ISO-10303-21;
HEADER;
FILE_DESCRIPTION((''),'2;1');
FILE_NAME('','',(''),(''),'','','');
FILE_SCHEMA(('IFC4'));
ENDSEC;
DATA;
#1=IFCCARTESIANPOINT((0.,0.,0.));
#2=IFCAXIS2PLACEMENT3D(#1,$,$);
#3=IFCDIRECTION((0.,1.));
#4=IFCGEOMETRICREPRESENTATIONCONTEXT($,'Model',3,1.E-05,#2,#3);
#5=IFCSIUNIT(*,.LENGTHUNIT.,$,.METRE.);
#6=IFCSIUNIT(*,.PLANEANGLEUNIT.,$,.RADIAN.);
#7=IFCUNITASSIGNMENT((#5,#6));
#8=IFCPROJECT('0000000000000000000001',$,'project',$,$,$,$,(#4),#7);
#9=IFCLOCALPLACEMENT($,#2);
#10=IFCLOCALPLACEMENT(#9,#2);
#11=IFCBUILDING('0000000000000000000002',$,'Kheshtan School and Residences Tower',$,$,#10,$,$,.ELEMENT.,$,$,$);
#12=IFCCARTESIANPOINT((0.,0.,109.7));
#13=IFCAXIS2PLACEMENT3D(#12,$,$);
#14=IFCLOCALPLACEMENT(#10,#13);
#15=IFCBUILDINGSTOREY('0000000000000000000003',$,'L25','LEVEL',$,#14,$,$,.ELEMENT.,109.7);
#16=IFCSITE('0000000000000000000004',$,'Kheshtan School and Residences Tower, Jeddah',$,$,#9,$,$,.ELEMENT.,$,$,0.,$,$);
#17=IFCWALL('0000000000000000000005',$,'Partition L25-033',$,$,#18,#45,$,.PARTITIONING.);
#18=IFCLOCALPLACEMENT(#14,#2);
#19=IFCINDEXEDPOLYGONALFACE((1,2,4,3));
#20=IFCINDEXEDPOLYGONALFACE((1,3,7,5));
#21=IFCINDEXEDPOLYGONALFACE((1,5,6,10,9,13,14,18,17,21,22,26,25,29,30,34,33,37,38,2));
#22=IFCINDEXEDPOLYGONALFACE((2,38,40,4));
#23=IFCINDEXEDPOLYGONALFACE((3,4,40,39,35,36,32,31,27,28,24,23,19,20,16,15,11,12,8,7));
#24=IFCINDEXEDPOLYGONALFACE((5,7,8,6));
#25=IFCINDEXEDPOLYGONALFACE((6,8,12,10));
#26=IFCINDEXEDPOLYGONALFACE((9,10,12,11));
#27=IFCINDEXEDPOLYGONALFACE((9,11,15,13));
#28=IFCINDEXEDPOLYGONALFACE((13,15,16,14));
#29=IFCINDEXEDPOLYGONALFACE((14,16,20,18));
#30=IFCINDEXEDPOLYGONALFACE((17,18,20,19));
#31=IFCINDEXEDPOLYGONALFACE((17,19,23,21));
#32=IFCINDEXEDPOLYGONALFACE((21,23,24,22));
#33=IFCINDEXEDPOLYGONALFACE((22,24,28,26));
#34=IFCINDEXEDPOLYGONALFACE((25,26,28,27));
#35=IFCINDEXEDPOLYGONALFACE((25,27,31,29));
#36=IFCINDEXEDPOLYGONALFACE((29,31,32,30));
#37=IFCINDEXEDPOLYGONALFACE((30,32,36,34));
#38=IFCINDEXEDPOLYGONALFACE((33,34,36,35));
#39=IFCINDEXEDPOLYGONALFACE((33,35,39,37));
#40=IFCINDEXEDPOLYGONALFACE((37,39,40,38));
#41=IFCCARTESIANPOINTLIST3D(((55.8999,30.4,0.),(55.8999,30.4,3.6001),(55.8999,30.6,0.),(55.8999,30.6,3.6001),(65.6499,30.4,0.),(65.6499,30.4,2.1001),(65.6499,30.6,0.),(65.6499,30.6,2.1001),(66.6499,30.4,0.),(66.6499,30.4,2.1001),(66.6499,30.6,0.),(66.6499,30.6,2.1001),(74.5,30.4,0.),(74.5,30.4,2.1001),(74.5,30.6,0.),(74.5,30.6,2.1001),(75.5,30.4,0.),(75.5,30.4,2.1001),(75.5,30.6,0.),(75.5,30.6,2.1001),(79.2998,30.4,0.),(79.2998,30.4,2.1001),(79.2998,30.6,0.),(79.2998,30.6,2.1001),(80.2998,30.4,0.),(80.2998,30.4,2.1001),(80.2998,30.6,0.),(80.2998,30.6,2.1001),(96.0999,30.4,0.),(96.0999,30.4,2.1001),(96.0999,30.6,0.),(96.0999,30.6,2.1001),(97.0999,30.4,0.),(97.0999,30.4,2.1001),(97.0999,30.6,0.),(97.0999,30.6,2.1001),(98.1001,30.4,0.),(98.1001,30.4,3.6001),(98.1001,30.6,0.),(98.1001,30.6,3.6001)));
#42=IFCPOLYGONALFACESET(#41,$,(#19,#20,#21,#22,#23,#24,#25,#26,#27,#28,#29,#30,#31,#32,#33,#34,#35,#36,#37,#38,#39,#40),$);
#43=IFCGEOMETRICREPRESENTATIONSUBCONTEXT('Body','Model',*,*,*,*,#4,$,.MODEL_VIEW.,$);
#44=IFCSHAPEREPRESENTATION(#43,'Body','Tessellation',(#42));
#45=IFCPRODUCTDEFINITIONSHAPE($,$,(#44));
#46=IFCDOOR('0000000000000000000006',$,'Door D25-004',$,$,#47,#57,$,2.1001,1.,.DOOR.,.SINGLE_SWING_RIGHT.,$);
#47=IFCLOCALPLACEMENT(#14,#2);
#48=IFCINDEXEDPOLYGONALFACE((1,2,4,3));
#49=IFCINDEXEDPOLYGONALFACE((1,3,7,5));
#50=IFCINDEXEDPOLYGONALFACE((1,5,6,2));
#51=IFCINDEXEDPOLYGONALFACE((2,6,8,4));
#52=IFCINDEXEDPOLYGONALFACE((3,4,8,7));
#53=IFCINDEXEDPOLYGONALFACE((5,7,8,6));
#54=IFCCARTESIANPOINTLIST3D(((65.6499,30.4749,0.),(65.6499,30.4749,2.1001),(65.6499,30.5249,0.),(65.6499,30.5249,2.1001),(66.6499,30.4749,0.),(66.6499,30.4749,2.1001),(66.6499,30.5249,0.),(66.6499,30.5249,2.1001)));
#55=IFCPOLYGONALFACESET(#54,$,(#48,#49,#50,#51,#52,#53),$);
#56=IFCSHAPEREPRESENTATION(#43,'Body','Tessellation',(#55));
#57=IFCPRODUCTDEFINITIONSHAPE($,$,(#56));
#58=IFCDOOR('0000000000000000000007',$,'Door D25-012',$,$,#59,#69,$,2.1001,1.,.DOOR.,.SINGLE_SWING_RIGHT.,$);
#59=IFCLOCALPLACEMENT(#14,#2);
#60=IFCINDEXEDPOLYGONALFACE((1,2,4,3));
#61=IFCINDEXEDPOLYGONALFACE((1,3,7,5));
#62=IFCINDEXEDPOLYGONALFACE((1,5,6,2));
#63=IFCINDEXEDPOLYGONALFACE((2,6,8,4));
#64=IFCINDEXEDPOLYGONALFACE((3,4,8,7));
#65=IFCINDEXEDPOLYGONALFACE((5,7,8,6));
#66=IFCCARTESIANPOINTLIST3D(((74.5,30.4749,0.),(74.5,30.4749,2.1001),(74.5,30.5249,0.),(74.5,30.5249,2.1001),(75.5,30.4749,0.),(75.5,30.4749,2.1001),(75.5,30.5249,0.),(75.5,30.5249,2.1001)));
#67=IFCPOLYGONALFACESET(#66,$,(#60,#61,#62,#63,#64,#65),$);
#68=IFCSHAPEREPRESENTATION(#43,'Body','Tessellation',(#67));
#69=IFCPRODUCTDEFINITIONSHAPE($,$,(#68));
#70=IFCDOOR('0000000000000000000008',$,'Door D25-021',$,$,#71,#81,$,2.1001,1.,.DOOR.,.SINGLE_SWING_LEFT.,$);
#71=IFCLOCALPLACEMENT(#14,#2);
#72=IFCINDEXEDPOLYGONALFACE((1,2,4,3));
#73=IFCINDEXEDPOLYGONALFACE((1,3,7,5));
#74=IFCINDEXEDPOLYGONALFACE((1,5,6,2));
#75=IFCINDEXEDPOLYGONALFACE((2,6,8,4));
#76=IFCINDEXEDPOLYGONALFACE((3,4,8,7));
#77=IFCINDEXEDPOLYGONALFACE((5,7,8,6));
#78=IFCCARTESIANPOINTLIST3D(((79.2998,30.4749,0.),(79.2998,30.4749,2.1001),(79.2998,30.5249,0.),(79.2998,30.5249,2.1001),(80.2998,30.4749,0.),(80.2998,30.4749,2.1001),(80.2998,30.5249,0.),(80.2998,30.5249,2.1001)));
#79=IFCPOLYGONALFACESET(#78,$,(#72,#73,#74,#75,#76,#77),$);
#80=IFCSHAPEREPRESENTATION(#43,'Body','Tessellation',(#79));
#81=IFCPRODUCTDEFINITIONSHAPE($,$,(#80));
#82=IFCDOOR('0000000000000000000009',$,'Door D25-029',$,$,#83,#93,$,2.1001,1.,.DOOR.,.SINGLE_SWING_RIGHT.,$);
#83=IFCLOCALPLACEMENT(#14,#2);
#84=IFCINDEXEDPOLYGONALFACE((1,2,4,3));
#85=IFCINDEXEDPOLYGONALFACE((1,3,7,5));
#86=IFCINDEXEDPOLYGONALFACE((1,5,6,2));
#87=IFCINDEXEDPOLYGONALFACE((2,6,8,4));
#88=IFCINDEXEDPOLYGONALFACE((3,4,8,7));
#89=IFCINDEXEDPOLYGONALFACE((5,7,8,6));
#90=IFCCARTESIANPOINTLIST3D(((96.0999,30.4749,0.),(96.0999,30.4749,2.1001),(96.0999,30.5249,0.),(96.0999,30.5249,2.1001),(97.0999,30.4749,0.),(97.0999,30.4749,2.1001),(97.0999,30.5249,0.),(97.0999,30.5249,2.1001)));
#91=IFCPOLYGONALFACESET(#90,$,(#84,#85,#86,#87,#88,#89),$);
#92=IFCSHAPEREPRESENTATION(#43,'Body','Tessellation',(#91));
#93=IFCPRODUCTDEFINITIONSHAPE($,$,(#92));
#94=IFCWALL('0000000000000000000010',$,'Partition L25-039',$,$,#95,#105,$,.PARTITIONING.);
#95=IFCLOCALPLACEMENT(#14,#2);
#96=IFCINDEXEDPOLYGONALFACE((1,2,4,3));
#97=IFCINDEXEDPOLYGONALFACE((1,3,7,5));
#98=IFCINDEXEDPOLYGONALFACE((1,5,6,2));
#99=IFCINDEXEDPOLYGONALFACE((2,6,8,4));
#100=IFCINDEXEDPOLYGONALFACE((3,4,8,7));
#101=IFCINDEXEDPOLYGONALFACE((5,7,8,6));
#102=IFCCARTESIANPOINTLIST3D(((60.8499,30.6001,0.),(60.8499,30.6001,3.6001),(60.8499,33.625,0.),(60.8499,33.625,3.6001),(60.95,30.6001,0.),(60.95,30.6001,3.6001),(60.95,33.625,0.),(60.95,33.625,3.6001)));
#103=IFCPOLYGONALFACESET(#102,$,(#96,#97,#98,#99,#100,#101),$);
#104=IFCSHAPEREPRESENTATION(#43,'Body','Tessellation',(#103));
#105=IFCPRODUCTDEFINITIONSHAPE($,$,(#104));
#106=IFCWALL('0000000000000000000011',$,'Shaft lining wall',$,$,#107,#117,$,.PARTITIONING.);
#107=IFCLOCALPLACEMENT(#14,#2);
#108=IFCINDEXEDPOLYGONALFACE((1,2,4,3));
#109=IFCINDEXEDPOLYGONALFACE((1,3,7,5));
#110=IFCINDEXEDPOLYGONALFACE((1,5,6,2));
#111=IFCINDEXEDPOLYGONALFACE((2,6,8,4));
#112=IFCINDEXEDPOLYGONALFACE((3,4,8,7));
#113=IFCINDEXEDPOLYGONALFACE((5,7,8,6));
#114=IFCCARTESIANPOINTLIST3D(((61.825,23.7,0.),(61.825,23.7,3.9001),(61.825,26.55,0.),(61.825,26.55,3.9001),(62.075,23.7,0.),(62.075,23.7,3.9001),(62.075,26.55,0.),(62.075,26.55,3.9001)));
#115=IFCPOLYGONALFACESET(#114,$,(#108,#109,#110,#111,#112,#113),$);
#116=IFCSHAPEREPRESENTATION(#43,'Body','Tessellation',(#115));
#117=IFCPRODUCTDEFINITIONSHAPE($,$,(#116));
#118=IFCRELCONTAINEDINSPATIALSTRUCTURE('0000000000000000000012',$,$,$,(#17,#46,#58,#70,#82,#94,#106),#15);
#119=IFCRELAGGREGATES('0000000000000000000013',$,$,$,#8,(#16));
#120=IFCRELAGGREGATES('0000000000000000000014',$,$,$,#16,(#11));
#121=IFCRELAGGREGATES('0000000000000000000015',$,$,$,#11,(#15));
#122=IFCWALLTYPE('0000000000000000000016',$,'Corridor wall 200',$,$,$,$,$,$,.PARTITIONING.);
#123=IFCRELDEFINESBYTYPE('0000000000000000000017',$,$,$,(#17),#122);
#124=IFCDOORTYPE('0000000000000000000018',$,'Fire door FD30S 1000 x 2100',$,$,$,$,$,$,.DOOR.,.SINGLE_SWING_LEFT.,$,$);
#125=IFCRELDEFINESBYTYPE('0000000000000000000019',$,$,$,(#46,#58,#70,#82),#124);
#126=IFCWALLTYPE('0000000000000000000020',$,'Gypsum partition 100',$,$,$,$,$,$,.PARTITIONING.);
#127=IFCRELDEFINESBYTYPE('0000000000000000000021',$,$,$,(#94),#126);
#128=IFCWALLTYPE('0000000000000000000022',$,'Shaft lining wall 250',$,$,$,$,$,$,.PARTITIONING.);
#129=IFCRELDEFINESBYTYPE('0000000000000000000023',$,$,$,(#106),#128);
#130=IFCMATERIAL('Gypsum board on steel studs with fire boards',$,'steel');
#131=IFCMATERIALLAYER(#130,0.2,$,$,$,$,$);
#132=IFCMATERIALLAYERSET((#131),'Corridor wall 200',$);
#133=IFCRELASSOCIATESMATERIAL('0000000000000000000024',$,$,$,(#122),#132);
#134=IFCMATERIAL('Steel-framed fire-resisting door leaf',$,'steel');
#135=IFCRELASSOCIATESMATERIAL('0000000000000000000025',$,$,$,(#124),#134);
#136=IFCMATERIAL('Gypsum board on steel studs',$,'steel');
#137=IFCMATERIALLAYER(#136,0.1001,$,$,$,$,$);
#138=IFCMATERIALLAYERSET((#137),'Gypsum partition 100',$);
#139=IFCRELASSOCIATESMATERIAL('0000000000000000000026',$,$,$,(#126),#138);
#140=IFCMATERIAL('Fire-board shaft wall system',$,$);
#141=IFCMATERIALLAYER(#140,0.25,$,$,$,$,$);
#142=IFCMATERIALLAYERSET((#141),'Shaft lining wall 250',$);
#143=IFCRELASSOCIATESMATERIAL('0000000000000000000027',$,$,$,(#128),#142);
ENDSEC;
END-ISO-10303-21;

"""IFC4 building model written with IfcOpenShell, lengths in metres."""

from ifc_helpers import new_model, si_unit, direction, frame, frame_2d, origin, place, context, subcontext, project, spatial, rectangle, extrude, source, transform, mapped, material, layer, layer_set, type_object, element, fill, save


model = new_model("IFC4")

# Units and contexts
model_context = context("Model", 3, precision=1e-05, world=origin(), true_north=direction((0.0, 1.0)))
body_context = subcontext(model_context, "Body", "Model", "MODEL_VIEW")
ifc_project = project(units=[si_unit("LENGTHUNIT", "METRE"), si_unit("PLANEANGLEUNIT", "RADIAN")], contexts=[model_context])

# Site, building, storey
site_placement = place(None, origin())
site = spatial("IfcSite", under=ifc_project, at=site_placement, Name="Kheshtan School and Residences Tower, Jeddah", CompositionType="ELEMENT", RefElevation=0.0)
building_placement = place(site_placement, origin())
building = spatial("IfcBuilding", under=site, at=building_placement, Name="Kheshtan School and Residences Tower", CompositionType="ELEMENT")
storey_placement = place(building_placement, frame((0.0, 0.0, 109.7)))
storey = spatial("IfcBuildingStorey", under=building, at=storey_placement, Name="L25", Description="LEVEL", CompositionType="ELEMENT", Elevation=109.7)

# Wall, openings, doors
ifc_material_1 = material(Name="Gypsum board on steel studs with fire boards", Category="steel")
ifc_layer_1 = layer(ifc_material_1, 0.2)
ifc_layer_set_1 = layer_set([ifc_layer_1], Name="Corridor wall 200")
wall_type_1 = type_object("IfcWallType", Name="Corridor wall 200", PredefinedType="PARTITIONING", material=ifc_layer_set_1)
wall_1_placement = place(storey_placement, frame((55.8999, 30.5, 0.0), z_axis=(0.0, 0.0, 1.0), x_axis=(1.0, 0.0, 0.0)))
wall_1 = element("IfcWall", 1, at=wall_1_placement, inside=storey, type_object=wall_type_1, Name="Partition L25-033", PredefinedType="PARTITIONING", context=body_context, shape_type="SweptSolid", body=[
    extrude(rectangle(XDim=42.2002, YDim=0.2, at=frame_2d((21.1001, 0.0))), origin(), (0.0, 0.0, 1.0), 3.6001),
])
opening_1_placement = place(wall_1_placement, frame((9.75, 0.0, 0.0)))
opening_1 = element("IfcOpeningElement", 2, at=opening_1_placement, cuts=wall_1, PredefinedType="OPENING", context=body_context, shape_type="SweptSolid", body=[
    extrude(rectangle(XDim=1.0, YDim=2.1001, at=frame_2d((0.5, 1.05))), frame((0.0, 0.1099, 0.0), z_axis=(0.0, -1.0, 0.0), x_axis=(1.0, 0.0, 0.0)), (0.0, 0.0, 1.0), 0.22),
])
opening_2_placement = place(wall_1_placement, frame((18.6001, 0.0, 0.0)))
opening_2 = element("IfcOpeningElement", 3, at=opening_2_placement, cuts=wall_1, PredefinedType="OPENING", context=body_context, shape_type="SweptSolid", body=[
    extrude(rectangle(XDim=1.0, YDim=2.1001, at=frame_2d((0.5, 1.05))), frame((0.0, 0.1099, 0.0), z_axis=(0.0, -1.0, 0.0), x_axis=(1.0, 0.0, 0.0)), (0.0, 0.0, 1.0), 0.22),
])
opening_3_placement = place(wall_1_placement, frame((23.3999, 0.0, 0.0)))
opening_3 = element("IfcOpeningElement", 4, at=opening_3_placement, cuts=wall_1, PredefinedType="OPENING", context=body_context, shape_type="SweptSolid", body=[
    extrude(rectangle(XDim=1.0, YDim=2.1001, at=frame_2d((0.5, 1.05))), frame((0.0, 0.1099, 0.0), z_axis=(0.0, -1.0, 0.0), x_axis=(1.0, 0.0, 0.0)), (0.0, 0.0, 1.0), 0.22),
])
opening_4_placement = place(wall_1_placement, frame((40.2, 0.0, 0.0)))
opening_4 = element("IfcOpeningElement", 5, at=opening_4_placement, cuts=wall_1, PredefinedType="OPENING", context=body_context, shape_type="SweptSolid", body=[
    extrude(rectangle(XDim=1.0, YDim=2.1001, at=frame_2d((0.5, 1.05))), frame((0.0, 0.1099, 0.0), z_axis=(0.0, -1.0, 0.0), x_axis=(1.0, 0.0, 0.0)), (0.0, 0.0, 1.0), 0.22),
])
ifc_material_2 = material(Name="Steel-framed fire-resisting door leaf", Category="steel")
door_type_1 = type_object("IfcDoorType", Name="Fire door FD30S 1000 x 2100", OperationType="SINGLE_SWING_LEFT", PredefinedType="DOOR", material=ifc_material_2)
shared_shape_1 = source(origin(), body_context, "Body", "SweptSolid", [
    extrude(rectangle(XDim=1.0, YDim=2.1001, at=frame_2d((0.5, 1.05))), frame((0.0, 0.0249, 0.0), z_axis=(0.0, -1.0, 0.0), x_axis=(1.0, 0.0, 0.0)), (0.0, 0.0, 1.0), 0.05),
])
door_1_placement = place(opening_1_placement, origin())
door_1 = element("IfcDoor", 6, at=door_1_placement, inside=storey, type_object=door_type_1, Name="Door D25-004", OperationType="SINGLE_SWING_RIGHT", OverallHeight=2.1001, OverallWidth=1.0, PredefinedType="DOOR", context=body_context, shape_type="MappedRepresentation", body=[
    mapped(shared_shape_1, transform((0.0, 0.0, 0.0), x_axis=(1.0, 0.0, 0.0), y_axis=(0.0, 1.0, 0.0), z_axis=(0.0, 0.0, 1.0), scale=1.0)),
])
fill(opening_1, door_1)
door_2_placement = place(opening_2_placement, origin())
door_2 = element("IfcDoor", 7, at=door_2_placement, inside=storey, type_object=door_type_1, Name="Door D25-012", OperationType="SINGLE_SWING_RIGHT", OverallHeight=2.1001, OverallWidth=1.0, PredefinedType="DOOR", context=body_context, shape_type="MappedRepresentation", body=[
    mapped(shared_shape_1, transform((0.0, 0.0, 0.0), x_axis=(1.0, 0.0, 0.0), y_axis=(0.0, 1.0, 0.0), z_axis=(0.0, 0.0, 1.0), scale=1.0)),
])
fill(opening_2, door_2)
door_3_placement = place(opening_3_placement, origin())
door_3 = element("IfcDoor", 8, at=door_3_placement, inside=storey, type_object=door_type_1, Name="Door D25-021", OperationType="SINGLE_SWING_LEFT", OverallHeight=2.1001, OverallWidth=1.0, PredefinedType="DOOR", context=body_context, shape_type="MappedRepresentation", body=[
    mapped(shared_shape_1, transform((0.0, 0.0, 0.0), x_axis=(1.0, 0.0, 0.0), y_axis=(0.0, 1.0, 0.0), z_axis=(0.0, 0.0, 1.0), scale=1.0)),
])
fill(opening_3, door_3)
door_4_placement = place(opening_4_placement, origin())
door_4 = element("IfcDoor", 9, at=door_4_placement, inside=storey, type_object=door_type_1, Name="Door D25-029", OperationType="SINGLE_SWING_RIGHT", OverallHeight=2.1001, OverallWidth=1.0, PredefinedType="DOOR", context=body_context, shape_type="MappedRepresentation", body=[
    mapped(shared_shape_1, transform((0.0, 0.0, 0.0), x_axis=(1.0, 0.0, 0.0), y_axis=(0.0, 1.0, 0.0), z_axis=(0.0, 0.0, 1.0), scale=1.0)),
])
fill(opening_4, door_4)

# Walls
ifc_material_3 = material(Name="Gypsum board on steel studs", Category="steel")
ifc_layer_2 = layer(ifc_material_3, 0.1001)
ifc_layer_set_2 = layer_set([ifc_layer_2], Name="Gypsum partition 100")
wall_type_2 = type_object("IfcWallType", Name="Gypsum partition 100", PredefinedType="PARTITIONING", material=ifc_layer_set_2)
wall_2_placement = place(storey_placement, frame((60.8999, 30.6001, 0.0), z_axis=(0.0, 0.0, 1.0), x_axis=(0.0, 1.0, 0.0)))
element("IfcWall", 10, at=wall_2_placement, inside=storey, type_object=wall_type_2, Name="Partition L25-039", PredefinedType="PARTITIONING", context=body_context, shape_type="SweptSolid", body=[
    extrude(rectangle(XDim=3.0249, YDim=0.1001, at=frame_2d((1.5125, 0.0))), origin(), (0.0, 0.0, 1.0), 3.6001),
])
ifc_material_4 = material(Name="Fire-board shaft wall system")
ifc_layer_3 = layer(ifc_material_4, 0.25)
ifc_layer_set_3 = layer_set([ifc_layer_3], Name="Shaft lining wall 250")
wall_type_3 = type_object("IfcWallType", Name="Shaft lining wall 250", PredefinedType="PARTITIONING", material=ifc_layer_set_3)
wall_3_placement = place(storey_placement, frame((61.95, 23.7, 0.0), z_axis=(0.0, 0.0, 1.0), x_axis=(0.0, 1.0, 0.0)))
element("IfcWall", 11, at=wall_3_placement, inside=storey, type_object=wall_type_3, Name="Shaft lining wall", PredefinedType="PARTITIONING", context=body_context, shape_type="SweptSolid", body=[
    extrude(rectangle(XDim=2.8501, YDim=0.25, at=frame_2d((1.425, 0.0))), origin(), (0.0, 0.0, 1.0), 3.9001),
])

save(model, "model.ifc")
